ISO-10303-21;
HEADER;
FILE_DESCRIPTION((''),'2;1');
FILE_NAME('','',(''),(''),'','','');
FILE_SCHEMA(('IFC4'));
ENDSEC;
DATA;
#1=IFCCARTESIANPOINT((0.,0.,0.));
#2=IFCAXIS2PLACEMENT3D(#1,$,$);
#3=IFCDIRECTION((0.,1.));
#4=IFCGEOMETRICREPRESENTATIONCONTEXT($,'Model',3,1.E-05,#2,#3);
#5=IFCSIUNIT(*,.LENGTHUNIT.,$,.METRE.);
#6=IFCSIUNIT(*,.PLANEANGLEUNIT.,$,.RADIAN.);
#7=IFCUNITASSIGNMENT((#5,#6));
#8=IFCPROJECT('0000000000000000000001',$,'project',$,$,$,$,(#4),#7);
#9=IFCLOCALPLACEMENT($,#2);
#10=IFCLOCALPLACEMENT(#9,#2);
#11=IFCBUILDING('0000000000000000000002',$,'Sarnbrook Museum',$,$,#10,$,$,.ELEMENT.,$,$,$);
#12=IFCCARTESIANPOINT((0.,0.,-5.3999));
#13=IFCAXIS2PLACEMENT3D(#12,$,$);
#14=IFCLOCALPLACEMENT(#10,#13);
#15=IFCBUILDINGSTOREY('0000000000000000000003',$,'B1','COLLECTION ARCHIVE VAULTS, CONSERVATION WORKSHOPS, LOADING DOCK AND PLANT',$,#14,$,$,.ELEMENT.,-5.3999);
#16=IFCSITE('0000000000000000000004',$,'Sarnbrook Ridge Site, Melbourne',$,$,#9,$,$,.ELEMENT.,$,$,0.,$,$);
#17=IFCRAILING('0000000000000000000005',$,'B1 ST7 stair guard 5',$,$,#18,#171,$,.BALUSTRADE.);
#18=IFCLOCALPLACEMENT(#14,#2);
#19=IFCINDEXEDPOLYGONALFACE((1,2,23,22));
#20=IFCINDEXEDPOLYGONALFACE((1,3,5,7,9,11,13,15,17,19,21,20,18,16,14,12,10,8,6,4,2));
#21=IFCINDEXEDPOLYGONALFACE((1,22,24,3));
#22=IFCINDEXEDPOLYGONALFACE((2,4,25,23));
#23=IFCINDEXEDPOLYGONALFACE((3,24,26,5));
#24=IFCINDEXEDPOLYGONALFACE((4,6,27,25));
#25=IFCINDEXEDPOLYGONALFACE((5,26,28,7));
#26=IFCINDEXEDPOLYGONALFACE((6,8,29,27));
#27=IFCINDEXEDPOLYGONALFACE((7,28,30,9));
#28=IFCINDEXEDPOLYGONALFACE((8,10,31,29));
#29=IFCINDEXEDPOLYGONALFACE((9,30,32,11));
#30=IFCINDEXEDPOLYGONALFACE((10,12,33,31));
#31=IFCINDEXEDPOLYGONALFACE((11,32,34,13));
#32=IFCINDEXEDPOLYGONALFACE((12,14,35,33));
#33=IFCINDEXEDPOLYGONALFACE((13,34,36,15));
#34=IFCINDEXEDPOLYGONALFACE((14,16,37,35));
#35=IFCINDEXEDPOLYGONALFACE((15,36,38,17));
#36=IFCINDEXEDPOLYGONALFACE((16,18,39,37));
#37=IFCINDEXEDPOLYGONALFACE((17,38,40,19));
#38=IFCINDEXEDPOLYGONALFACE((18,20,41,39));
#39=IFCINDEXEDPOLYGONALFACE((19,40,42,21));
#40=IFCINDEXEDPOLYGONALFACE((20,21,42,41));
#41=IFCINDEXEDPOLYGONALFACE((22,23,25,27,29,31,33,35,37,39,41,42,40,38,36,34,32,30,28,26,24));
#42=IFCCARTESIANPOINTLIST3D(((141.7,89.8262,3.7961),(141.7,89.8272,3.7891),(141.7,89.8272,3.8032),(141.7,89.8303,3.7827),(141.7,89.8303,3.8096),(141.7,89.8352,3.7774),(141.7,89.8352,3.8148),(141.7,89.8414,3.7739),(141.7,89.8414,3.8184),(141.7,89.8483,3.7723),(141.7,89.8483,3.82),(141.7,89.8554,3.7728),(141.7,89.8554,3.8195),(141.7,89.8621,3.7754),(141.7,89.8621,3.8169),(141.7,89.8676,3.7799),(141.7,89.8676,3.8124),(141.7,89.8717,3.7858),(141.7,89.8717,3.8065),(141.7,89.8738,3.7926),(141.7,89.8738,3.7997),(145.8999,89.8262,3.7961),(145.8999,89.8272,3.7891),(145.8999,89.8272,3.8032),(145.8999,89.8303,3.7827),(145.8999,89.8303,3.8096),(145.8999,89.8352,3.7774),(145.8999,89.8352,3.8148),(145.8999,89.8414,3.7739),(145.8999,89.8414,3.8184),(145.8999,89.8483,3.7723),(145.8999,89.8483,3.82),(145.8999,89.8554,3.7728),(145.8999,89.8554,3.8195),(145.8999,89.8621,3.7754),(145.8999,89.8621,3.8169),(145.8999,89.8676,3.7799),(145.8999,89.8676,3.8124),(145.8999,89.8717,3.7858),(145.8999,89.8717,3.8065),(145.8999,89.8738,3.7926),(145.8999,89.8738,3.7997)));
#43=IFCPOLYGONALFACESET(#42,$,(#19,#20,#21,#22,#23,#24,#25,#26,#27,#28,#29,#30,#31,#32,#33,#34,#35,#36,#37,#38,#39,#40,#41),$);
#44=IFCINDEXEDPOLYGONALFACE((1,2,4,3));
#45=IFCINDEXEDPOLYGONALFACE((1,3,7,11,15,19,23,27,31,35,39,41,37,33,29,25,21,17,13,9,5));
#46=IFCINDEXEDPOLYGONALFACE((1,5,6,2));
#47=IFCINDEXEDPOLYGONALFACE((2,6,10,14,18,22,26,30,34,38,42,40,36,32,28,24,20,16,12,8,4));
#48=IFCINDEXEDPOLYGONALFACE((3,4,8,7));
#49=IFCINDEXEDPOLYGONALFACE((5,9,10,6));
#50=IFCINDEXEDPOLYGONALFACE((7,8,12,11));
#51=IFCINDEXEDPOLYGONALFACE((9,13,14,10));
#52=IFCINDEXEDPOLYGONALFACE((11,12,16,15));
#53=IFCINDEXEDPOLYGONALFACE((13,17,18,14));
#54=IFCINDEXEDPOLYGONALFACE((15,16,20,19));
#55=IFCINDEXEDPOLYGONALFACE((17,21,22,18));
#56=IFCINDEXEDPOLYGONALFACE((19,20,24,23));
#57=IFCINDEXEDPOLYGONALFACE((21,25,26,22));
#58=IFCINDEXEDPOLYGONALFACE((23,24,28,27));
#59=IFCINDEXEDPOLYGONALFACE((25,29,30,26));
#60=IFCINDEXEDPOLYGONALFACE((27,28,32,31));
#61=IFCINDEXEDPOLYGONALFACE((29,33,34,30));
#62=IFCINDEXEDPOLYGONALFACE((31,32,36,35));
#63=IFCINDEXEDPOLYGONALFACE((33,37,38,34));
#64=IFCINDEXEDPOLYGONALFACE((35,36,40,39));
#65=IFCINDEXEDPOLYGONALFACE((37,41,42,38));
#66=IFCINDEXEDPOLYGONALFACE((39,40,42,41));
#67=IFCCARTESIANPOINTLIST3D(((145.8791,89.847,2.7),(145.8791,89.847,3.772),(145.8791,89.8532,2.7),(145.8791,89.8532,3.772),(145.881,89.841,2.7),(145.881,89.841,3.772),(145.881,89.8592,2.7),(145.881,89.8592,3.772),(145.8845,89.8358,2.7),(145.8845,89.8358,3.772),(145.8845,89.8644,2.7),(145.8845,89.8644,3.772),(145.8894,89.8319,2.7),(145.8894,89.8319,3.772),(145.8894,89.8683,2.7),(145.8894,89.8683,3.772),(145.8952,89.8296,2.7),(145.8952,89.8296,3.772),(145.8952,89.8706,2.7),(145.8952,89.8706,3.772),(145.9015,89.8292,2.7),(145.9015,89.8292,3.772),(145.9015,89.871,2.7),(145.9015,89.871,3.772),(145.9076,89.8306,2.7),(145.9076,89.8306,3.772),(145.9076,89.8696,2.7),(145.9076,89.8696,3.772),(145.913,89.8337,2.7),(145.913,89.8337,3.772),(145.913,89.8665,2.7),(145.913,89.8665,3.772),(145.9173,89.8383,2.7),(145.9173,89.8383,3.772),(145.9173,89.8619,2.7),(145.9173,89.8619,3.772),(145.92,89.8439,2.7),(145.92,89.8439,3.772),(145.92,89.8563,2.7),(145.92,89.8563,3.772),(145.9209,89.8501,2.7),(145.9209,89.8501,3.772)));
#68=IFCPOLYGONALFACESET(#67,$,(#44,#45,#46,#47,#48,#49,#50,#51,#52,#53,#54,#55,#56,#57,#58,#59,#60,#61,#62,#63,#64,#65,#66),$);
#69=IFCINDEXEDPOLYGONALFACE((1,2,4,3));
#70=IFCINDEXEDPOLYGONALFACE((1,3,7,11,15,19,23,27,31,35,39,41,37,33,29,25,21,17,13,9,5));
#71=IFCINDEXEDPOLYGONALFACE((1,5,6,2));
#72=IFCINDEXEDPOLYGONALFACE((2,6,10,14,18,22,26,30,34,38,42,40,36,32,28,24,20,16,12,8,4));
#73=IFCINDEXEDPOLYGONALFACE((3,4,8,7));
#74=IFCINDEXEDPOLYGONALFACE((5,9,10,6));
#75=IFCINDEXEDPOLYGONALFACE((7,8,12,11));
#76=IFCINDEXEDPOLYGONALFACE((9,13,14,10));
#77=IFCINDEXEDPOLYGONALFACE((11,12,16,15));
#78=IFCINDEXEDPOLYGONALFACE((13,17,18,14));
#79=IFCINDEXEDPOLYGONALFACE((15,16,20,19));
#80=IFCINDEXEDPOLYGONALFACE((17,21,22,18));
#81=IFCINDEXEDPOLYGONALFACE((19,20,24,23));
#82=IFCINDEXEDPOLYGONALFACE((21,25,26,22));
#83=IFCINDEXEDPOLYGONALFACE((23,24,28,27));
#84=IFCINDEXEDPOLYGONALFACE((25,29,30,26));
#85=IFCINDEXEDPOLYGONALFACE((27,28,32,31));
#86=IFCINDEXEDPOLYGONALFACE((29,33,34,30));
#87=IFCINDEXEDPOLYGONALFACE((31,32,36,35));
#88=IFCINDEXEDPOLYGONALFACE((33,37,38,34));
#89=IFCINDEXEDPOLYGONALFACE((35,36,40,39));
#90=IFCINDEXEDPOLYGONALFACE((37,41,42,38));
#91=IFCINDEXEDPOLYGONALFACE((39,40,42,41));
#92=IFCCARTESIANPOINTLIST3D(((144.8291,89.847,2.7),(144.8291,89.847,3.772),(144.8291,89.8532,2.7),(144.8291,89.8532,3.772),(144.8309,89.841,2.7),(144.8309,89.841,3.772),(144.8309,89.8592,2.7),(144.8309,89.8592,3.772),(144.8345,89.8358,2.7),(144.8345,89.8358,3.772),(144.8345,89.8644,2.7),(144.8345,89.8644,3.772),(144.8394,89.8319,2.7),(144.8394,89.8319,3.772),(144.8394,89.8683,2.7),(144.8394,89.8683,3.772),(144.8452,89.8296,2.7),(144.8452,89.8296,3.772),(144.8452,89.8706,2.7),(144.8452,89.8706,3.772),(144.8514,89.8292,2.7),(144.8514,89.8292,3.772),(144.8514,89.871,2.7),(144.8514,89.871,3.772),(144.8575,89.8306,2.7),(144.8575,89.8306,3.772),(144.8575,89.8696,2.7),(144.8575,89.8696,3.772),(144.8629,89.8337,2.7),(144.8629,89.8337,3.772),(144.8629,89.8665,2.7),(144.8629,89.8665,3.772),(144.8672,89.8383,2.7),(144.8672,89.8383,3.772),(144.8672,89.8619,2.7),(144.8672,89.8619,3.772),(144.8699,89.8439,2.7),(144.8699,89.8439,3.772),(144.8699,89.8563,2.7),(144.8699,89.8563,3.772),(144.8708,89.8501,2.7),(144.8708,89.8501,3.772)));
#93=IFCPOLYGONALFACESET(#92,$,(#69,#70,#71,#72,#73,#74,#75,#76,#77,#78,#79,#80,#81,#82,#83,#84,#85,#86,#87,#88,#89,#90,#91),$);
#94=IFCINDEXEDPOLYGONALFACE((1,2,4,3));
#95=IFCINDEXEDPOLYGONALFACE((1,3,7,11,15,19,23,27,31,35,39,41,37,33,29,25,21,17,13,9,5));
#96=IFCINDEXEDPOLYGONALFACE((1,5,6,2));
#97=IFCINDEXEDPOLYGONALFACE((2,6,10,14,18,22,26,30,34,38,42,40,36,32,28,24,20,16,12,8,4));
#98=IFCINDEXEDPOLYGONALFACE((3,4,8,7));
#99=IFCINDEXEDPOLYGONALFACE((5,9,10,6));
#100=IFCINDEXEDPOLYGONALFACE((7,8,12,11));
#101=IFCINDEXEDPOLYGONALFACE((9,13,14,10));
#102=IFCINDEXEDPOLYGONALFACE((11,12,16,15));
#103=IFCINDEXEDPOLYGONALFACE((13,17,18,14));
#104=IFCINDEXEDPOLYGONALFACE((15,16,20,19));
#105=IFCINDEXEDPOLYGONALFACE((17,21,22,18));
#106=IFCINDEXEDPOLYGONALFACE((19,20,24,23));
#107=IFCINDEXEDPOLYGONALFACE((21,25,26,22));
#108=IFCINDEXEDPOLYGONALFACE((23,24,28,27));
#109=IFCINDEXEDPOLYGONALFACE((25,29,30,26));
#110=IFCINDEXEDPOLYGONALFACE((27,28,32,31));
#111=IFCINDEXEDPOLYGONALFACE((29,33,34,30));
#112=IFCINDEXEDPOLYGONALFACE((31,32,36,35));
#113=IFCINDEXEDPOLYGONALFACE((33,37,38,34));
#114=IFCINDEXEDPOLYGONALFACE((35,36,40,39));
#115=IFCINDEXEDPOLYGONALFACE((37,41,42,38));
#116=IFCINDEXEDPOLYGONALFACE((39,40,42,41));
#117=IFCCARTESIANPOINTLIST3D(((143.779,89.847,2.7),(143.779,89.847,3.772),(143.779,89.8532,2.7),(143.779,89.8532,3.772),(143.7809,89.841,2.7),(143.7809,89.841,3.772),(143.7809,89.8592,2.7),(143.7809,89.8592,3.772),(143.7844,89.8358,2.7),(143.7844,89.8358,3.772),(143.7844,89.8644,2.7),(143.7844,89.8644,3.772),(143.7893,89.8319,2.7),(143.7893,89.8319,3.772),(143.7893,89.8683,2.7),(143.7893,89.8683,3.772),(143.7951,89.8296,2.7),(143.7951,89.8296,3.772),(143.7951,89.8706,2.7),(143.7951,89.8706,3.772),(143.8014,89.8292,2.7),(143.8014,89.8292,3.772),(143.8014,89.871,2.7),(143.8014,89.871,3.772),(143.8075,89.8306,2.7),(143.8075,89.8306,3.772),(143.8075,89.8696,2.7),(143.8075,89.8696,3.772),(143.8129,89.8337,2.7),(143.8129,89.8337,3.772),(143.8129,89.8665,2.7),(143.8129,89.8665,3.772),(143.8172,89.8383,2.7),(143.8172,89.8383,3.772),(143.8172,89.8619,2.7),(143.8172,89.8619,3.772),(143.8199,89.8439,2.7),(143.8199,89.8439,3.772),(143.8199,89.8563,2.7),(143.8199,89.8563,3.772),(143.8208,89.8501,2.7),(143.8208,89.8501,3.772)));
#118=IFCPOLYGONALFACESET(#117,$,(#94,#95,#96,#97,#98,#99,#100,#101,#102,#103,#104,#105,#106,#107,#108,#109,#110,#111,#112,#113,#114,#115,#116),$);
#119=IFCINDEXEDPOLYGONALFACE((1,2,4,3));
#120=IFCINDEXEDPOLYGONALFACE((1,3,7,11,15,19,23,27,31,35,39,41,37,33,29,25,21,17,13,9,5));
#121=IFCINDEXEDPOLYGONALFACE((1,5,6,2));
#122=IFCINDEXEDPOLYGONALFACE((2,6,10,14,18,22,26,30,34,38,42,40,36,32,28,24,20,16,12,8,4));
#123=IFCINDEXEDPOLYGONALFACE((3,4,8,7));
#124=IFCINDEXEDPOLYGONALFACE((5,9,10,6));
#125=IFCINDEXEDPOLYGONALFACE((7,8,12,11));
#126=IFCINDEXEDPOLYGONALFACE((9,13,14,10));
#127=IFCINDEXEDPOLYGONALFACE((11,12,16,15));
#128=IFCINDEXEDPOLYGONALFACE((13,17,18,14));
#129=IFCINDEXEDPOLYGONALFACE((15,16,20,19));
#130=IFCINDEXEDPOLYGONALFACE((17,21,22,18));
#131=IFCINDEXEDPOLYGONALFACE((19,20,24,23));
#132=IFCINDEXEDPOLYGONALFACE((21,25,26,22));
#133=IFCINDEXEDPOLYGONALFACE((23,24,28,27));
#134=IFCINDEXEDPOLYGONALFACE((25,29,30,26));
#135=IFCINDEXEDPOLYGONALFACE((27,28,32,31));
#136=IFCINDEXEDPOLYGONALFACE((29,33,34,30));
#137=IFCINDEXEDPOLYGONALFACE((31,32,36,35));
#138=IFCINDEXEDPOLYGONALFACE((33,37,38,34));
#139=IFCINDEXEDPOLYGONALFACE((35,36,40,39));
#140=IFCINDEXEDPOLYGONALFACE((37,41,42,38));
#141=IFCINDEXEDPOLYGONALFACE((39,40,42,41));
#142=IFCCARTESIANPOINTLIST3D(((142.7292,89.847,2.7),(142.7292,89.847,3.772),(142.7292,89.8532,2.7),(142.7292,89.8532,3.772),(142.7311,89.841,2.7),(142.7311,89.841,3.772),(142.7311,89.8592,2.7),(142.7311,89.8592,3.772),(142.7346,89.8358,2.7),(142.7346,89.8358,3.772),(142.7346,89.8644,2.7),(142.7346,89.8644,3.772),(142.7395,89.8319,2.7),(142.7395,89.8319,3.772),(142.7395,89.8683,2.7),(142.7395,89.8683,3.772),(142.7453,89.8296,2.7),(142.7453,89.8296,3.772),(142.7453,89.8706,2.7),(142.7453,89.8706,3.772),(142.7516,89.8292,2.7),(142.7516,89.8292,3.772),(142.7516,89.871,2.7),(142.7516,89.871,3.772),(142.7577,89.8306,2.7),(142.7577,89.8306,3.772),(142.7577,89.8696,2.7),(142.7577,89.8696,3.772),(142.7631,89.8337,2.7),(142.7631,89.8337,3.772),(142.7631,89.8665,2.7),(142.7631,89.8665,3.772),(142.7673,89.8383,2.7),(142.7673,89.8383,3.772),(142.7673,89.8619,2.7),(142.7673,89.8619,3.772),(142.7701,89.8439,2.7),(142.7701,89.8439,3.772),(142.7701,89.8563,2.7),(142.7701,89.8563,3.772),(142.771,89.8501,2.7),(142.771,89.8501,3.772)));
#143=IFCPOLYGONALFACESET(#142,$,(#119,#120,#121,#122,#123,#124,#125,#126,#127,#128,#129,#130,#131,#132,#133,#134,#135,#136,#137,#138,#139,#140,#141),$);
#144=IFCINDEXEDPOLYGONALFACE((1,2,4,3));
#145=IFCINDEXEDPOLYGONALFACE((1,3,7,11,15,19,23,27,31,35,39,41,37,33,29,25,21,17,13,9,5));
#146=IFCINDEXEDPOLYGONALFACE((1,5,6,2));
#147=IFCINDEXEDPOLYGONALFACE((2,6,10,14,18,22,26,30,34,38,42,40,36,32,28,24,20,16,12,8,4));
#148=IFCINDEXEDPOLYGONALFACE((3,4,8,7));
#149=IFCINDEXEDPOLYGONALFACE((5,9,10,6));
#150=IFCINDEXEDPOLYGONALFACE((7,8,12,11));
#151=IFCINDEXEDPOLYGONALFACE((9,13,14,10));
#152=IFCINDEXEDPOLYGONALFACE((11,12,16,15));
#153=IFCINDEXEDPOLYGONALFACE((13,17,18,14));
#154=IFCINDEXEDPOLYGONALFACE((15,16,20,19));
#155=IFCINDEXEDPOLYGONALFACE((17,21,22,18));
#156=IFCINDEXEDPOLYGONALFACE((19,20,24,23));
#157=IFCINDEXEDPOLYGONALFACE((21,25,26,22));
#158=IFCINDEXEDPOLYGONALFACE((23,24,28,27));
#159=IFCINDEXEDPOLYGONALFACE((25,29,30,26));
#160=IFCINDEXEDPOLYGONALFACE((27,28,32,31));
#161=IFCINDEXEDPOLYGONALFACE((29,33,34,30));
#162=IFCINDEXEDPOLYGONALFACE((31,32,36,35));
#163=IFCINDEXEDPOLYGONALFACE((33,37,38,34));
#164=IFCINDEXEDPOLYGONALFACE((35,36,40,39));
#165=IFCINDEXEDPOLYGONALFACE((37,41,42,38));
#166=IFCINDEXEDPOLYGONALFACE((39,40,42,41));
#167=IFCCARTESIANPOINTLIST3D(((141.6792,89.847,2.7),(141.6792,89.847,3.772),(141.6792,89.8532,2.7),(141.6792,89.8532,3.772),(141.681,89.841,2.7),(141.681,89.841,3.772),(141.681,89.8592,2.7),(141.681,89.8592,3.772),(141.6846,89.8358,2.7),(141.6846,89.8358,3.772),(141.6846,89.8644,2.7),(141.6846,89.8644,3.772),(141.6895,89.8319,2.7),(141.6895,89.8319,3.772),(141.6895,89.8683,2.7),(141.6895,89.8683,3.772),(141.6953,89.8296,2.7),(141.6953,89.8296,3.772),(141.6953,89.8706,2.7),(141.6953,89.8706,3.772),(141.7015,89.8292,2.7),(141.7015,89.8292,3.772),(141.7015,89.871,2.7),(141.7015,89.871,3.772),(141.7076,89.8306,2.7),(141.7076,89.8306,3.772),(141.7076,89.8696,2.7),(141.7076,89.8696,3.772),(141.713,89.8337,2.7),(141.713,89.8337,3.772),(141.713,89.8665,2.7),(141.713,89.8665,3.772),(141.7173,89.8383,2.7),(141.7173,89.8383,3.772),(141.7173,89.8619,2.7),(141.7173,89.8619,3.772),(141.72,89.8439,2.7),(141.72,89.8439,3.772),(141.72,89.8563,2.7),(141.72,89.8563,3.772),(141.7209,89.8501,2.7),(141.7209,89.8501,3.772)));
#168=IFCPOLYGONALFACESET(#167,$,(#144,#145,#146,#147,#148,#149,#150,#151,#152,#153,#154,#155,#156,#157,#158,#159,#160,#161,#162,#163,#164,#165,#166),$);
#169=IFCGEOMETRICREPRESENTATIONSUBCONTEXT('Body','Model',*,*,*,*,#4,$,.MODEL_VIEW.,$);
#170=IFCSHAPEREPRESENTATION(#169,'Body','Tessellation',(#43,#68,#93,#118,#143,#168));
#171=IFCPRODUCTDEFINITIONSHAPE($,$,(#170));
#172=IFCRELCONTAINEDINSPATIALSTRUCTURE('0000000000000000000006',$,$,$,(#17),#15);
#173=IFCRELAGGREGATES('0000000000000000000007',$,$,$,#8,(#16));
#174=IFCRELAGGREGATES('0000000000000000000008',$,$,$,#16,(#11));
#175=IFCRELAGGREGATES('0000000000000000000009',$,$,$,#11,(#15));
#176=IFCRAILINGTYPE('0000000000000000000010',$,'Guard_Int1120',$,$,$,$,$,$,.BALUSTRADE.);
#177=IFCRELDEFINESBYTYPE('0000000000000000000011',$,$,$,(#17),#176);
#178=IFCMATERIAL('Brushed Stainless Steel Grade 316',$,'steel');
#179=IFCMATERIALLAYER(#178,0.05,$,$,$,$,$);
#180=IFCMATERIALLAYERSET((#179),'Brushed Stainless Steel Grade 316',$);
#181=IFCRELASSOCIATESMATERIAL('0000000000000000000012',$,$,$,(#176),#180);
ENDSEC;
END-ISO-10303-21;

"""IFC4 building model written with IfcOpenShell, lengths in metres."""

from ifc_helpers import new_model, si_unit, direction, frame, origin, origin_2d, place, context, subcontext, project, spatial, circle, extrude, material, layer, layer_set, type_object, element, save


model = new_model("IFC4")

# Units and contexts
model_context = context("Model", 3, precision=1e-05, world=origin(), true_north=direction((0.0, 1.0)))
body_context = subcontext(model_context, "Body", "Model", "MODEL_VIEW")
ifc_project = project(units=[si_unit("LENGTHUNIT", "METRE"), si_unit("PLANEANGLEUNIT", "RADIAN")], contexts=[model_context])

# Site, building, storey
site_placement = place(None, origin())
site = spatial("IfcSite", under=ifc_project, at=site_placement, Name="Sarnbrook Ridge Site, Melbourne", CompositionType="ELEMENT", RefElevation=0.0)
building_placement = place(site_placement, origin())
building = spatial("IfcBuilding", under=site, at=building_placement, Name="Sarnbrook Museum", CompositionType="ELEMENT")
storey_placement = place(building_placement, frame((0.0, 0.0, -5.3999)))
storey = spatial("IfcBuildingStorey", under=building, at=storey_placement, Name="B1", Description="COLLECTION ARCHIVE VAULTS, CONSERVATION WORKSHOPS, LOADING DOCK AND PLANT", CompositionType="ELEMENT", Elevation=-5.3999)

# Railing
ifc_material_1 = material(Name="Brushed Stainless Steel Grade 316", Category="steel")
ifc_layer_1 = layer(ifc_material_1, 0.05)
ifc_layer_set_1 = layer_set([ifc_layer_1], Name="Brushed Stainless Steel Grade 316")
railing_type_1 = type_object("IfcRailingType", Name="Guard_Int1120", PredefinedType="BALUSTRADE", material=ifc_layer_set_1)
railing_1_placement = place(storey_placement, frame((145.8999, 89.8501, 2.7)))
element("IfcRailing", 1, at=railing_1_placement, inside=storey, type_object=railing_type_1, Name="B1 ST7 stair guard 5", PredefinedType="BALUSTRADE", context=body_context, shape_type="SweptSolid", body=[
    extrude(circle(Radius=0.0239, at=origin_2d()), frame((0.0, 0.0, 1.0962), z_axis=(-1.0, 0.0, 0.0), x_axis=(0.0, -1.0, 0.0)), (0.0, 0.0, 1.0), 4.2),
    extrude(circle(Radius=0.021, at=origin_2d()), origin(), (0.0, 0.0, 1.0), 1.072),
    extrude(circle(Radius=0.021, at=origin_2d()), frame((-1.05, 0.0, 0.0)), (0.0, 0.0, 1.0), 1.072),
    extrude(circle(Radius=0.021, at=origin_2d()), frame((-2.1001, 0.0, 0.0)), (0.0, 0.0, 1.0), 1.072),
    extrude(circle(Radius=0.021, at=origin_2d()), frame((-3.1499, 0.0, 0.0)), (0.0, 0.0, 1.0), 1.072),
    extrude(circle(Radius=0.021, at=origin_2d()), frame((-4.2, 0.0, 0.0)), (0.0, 0.0, 1.0), 1.072),
])

save(model, "model.ifc")
